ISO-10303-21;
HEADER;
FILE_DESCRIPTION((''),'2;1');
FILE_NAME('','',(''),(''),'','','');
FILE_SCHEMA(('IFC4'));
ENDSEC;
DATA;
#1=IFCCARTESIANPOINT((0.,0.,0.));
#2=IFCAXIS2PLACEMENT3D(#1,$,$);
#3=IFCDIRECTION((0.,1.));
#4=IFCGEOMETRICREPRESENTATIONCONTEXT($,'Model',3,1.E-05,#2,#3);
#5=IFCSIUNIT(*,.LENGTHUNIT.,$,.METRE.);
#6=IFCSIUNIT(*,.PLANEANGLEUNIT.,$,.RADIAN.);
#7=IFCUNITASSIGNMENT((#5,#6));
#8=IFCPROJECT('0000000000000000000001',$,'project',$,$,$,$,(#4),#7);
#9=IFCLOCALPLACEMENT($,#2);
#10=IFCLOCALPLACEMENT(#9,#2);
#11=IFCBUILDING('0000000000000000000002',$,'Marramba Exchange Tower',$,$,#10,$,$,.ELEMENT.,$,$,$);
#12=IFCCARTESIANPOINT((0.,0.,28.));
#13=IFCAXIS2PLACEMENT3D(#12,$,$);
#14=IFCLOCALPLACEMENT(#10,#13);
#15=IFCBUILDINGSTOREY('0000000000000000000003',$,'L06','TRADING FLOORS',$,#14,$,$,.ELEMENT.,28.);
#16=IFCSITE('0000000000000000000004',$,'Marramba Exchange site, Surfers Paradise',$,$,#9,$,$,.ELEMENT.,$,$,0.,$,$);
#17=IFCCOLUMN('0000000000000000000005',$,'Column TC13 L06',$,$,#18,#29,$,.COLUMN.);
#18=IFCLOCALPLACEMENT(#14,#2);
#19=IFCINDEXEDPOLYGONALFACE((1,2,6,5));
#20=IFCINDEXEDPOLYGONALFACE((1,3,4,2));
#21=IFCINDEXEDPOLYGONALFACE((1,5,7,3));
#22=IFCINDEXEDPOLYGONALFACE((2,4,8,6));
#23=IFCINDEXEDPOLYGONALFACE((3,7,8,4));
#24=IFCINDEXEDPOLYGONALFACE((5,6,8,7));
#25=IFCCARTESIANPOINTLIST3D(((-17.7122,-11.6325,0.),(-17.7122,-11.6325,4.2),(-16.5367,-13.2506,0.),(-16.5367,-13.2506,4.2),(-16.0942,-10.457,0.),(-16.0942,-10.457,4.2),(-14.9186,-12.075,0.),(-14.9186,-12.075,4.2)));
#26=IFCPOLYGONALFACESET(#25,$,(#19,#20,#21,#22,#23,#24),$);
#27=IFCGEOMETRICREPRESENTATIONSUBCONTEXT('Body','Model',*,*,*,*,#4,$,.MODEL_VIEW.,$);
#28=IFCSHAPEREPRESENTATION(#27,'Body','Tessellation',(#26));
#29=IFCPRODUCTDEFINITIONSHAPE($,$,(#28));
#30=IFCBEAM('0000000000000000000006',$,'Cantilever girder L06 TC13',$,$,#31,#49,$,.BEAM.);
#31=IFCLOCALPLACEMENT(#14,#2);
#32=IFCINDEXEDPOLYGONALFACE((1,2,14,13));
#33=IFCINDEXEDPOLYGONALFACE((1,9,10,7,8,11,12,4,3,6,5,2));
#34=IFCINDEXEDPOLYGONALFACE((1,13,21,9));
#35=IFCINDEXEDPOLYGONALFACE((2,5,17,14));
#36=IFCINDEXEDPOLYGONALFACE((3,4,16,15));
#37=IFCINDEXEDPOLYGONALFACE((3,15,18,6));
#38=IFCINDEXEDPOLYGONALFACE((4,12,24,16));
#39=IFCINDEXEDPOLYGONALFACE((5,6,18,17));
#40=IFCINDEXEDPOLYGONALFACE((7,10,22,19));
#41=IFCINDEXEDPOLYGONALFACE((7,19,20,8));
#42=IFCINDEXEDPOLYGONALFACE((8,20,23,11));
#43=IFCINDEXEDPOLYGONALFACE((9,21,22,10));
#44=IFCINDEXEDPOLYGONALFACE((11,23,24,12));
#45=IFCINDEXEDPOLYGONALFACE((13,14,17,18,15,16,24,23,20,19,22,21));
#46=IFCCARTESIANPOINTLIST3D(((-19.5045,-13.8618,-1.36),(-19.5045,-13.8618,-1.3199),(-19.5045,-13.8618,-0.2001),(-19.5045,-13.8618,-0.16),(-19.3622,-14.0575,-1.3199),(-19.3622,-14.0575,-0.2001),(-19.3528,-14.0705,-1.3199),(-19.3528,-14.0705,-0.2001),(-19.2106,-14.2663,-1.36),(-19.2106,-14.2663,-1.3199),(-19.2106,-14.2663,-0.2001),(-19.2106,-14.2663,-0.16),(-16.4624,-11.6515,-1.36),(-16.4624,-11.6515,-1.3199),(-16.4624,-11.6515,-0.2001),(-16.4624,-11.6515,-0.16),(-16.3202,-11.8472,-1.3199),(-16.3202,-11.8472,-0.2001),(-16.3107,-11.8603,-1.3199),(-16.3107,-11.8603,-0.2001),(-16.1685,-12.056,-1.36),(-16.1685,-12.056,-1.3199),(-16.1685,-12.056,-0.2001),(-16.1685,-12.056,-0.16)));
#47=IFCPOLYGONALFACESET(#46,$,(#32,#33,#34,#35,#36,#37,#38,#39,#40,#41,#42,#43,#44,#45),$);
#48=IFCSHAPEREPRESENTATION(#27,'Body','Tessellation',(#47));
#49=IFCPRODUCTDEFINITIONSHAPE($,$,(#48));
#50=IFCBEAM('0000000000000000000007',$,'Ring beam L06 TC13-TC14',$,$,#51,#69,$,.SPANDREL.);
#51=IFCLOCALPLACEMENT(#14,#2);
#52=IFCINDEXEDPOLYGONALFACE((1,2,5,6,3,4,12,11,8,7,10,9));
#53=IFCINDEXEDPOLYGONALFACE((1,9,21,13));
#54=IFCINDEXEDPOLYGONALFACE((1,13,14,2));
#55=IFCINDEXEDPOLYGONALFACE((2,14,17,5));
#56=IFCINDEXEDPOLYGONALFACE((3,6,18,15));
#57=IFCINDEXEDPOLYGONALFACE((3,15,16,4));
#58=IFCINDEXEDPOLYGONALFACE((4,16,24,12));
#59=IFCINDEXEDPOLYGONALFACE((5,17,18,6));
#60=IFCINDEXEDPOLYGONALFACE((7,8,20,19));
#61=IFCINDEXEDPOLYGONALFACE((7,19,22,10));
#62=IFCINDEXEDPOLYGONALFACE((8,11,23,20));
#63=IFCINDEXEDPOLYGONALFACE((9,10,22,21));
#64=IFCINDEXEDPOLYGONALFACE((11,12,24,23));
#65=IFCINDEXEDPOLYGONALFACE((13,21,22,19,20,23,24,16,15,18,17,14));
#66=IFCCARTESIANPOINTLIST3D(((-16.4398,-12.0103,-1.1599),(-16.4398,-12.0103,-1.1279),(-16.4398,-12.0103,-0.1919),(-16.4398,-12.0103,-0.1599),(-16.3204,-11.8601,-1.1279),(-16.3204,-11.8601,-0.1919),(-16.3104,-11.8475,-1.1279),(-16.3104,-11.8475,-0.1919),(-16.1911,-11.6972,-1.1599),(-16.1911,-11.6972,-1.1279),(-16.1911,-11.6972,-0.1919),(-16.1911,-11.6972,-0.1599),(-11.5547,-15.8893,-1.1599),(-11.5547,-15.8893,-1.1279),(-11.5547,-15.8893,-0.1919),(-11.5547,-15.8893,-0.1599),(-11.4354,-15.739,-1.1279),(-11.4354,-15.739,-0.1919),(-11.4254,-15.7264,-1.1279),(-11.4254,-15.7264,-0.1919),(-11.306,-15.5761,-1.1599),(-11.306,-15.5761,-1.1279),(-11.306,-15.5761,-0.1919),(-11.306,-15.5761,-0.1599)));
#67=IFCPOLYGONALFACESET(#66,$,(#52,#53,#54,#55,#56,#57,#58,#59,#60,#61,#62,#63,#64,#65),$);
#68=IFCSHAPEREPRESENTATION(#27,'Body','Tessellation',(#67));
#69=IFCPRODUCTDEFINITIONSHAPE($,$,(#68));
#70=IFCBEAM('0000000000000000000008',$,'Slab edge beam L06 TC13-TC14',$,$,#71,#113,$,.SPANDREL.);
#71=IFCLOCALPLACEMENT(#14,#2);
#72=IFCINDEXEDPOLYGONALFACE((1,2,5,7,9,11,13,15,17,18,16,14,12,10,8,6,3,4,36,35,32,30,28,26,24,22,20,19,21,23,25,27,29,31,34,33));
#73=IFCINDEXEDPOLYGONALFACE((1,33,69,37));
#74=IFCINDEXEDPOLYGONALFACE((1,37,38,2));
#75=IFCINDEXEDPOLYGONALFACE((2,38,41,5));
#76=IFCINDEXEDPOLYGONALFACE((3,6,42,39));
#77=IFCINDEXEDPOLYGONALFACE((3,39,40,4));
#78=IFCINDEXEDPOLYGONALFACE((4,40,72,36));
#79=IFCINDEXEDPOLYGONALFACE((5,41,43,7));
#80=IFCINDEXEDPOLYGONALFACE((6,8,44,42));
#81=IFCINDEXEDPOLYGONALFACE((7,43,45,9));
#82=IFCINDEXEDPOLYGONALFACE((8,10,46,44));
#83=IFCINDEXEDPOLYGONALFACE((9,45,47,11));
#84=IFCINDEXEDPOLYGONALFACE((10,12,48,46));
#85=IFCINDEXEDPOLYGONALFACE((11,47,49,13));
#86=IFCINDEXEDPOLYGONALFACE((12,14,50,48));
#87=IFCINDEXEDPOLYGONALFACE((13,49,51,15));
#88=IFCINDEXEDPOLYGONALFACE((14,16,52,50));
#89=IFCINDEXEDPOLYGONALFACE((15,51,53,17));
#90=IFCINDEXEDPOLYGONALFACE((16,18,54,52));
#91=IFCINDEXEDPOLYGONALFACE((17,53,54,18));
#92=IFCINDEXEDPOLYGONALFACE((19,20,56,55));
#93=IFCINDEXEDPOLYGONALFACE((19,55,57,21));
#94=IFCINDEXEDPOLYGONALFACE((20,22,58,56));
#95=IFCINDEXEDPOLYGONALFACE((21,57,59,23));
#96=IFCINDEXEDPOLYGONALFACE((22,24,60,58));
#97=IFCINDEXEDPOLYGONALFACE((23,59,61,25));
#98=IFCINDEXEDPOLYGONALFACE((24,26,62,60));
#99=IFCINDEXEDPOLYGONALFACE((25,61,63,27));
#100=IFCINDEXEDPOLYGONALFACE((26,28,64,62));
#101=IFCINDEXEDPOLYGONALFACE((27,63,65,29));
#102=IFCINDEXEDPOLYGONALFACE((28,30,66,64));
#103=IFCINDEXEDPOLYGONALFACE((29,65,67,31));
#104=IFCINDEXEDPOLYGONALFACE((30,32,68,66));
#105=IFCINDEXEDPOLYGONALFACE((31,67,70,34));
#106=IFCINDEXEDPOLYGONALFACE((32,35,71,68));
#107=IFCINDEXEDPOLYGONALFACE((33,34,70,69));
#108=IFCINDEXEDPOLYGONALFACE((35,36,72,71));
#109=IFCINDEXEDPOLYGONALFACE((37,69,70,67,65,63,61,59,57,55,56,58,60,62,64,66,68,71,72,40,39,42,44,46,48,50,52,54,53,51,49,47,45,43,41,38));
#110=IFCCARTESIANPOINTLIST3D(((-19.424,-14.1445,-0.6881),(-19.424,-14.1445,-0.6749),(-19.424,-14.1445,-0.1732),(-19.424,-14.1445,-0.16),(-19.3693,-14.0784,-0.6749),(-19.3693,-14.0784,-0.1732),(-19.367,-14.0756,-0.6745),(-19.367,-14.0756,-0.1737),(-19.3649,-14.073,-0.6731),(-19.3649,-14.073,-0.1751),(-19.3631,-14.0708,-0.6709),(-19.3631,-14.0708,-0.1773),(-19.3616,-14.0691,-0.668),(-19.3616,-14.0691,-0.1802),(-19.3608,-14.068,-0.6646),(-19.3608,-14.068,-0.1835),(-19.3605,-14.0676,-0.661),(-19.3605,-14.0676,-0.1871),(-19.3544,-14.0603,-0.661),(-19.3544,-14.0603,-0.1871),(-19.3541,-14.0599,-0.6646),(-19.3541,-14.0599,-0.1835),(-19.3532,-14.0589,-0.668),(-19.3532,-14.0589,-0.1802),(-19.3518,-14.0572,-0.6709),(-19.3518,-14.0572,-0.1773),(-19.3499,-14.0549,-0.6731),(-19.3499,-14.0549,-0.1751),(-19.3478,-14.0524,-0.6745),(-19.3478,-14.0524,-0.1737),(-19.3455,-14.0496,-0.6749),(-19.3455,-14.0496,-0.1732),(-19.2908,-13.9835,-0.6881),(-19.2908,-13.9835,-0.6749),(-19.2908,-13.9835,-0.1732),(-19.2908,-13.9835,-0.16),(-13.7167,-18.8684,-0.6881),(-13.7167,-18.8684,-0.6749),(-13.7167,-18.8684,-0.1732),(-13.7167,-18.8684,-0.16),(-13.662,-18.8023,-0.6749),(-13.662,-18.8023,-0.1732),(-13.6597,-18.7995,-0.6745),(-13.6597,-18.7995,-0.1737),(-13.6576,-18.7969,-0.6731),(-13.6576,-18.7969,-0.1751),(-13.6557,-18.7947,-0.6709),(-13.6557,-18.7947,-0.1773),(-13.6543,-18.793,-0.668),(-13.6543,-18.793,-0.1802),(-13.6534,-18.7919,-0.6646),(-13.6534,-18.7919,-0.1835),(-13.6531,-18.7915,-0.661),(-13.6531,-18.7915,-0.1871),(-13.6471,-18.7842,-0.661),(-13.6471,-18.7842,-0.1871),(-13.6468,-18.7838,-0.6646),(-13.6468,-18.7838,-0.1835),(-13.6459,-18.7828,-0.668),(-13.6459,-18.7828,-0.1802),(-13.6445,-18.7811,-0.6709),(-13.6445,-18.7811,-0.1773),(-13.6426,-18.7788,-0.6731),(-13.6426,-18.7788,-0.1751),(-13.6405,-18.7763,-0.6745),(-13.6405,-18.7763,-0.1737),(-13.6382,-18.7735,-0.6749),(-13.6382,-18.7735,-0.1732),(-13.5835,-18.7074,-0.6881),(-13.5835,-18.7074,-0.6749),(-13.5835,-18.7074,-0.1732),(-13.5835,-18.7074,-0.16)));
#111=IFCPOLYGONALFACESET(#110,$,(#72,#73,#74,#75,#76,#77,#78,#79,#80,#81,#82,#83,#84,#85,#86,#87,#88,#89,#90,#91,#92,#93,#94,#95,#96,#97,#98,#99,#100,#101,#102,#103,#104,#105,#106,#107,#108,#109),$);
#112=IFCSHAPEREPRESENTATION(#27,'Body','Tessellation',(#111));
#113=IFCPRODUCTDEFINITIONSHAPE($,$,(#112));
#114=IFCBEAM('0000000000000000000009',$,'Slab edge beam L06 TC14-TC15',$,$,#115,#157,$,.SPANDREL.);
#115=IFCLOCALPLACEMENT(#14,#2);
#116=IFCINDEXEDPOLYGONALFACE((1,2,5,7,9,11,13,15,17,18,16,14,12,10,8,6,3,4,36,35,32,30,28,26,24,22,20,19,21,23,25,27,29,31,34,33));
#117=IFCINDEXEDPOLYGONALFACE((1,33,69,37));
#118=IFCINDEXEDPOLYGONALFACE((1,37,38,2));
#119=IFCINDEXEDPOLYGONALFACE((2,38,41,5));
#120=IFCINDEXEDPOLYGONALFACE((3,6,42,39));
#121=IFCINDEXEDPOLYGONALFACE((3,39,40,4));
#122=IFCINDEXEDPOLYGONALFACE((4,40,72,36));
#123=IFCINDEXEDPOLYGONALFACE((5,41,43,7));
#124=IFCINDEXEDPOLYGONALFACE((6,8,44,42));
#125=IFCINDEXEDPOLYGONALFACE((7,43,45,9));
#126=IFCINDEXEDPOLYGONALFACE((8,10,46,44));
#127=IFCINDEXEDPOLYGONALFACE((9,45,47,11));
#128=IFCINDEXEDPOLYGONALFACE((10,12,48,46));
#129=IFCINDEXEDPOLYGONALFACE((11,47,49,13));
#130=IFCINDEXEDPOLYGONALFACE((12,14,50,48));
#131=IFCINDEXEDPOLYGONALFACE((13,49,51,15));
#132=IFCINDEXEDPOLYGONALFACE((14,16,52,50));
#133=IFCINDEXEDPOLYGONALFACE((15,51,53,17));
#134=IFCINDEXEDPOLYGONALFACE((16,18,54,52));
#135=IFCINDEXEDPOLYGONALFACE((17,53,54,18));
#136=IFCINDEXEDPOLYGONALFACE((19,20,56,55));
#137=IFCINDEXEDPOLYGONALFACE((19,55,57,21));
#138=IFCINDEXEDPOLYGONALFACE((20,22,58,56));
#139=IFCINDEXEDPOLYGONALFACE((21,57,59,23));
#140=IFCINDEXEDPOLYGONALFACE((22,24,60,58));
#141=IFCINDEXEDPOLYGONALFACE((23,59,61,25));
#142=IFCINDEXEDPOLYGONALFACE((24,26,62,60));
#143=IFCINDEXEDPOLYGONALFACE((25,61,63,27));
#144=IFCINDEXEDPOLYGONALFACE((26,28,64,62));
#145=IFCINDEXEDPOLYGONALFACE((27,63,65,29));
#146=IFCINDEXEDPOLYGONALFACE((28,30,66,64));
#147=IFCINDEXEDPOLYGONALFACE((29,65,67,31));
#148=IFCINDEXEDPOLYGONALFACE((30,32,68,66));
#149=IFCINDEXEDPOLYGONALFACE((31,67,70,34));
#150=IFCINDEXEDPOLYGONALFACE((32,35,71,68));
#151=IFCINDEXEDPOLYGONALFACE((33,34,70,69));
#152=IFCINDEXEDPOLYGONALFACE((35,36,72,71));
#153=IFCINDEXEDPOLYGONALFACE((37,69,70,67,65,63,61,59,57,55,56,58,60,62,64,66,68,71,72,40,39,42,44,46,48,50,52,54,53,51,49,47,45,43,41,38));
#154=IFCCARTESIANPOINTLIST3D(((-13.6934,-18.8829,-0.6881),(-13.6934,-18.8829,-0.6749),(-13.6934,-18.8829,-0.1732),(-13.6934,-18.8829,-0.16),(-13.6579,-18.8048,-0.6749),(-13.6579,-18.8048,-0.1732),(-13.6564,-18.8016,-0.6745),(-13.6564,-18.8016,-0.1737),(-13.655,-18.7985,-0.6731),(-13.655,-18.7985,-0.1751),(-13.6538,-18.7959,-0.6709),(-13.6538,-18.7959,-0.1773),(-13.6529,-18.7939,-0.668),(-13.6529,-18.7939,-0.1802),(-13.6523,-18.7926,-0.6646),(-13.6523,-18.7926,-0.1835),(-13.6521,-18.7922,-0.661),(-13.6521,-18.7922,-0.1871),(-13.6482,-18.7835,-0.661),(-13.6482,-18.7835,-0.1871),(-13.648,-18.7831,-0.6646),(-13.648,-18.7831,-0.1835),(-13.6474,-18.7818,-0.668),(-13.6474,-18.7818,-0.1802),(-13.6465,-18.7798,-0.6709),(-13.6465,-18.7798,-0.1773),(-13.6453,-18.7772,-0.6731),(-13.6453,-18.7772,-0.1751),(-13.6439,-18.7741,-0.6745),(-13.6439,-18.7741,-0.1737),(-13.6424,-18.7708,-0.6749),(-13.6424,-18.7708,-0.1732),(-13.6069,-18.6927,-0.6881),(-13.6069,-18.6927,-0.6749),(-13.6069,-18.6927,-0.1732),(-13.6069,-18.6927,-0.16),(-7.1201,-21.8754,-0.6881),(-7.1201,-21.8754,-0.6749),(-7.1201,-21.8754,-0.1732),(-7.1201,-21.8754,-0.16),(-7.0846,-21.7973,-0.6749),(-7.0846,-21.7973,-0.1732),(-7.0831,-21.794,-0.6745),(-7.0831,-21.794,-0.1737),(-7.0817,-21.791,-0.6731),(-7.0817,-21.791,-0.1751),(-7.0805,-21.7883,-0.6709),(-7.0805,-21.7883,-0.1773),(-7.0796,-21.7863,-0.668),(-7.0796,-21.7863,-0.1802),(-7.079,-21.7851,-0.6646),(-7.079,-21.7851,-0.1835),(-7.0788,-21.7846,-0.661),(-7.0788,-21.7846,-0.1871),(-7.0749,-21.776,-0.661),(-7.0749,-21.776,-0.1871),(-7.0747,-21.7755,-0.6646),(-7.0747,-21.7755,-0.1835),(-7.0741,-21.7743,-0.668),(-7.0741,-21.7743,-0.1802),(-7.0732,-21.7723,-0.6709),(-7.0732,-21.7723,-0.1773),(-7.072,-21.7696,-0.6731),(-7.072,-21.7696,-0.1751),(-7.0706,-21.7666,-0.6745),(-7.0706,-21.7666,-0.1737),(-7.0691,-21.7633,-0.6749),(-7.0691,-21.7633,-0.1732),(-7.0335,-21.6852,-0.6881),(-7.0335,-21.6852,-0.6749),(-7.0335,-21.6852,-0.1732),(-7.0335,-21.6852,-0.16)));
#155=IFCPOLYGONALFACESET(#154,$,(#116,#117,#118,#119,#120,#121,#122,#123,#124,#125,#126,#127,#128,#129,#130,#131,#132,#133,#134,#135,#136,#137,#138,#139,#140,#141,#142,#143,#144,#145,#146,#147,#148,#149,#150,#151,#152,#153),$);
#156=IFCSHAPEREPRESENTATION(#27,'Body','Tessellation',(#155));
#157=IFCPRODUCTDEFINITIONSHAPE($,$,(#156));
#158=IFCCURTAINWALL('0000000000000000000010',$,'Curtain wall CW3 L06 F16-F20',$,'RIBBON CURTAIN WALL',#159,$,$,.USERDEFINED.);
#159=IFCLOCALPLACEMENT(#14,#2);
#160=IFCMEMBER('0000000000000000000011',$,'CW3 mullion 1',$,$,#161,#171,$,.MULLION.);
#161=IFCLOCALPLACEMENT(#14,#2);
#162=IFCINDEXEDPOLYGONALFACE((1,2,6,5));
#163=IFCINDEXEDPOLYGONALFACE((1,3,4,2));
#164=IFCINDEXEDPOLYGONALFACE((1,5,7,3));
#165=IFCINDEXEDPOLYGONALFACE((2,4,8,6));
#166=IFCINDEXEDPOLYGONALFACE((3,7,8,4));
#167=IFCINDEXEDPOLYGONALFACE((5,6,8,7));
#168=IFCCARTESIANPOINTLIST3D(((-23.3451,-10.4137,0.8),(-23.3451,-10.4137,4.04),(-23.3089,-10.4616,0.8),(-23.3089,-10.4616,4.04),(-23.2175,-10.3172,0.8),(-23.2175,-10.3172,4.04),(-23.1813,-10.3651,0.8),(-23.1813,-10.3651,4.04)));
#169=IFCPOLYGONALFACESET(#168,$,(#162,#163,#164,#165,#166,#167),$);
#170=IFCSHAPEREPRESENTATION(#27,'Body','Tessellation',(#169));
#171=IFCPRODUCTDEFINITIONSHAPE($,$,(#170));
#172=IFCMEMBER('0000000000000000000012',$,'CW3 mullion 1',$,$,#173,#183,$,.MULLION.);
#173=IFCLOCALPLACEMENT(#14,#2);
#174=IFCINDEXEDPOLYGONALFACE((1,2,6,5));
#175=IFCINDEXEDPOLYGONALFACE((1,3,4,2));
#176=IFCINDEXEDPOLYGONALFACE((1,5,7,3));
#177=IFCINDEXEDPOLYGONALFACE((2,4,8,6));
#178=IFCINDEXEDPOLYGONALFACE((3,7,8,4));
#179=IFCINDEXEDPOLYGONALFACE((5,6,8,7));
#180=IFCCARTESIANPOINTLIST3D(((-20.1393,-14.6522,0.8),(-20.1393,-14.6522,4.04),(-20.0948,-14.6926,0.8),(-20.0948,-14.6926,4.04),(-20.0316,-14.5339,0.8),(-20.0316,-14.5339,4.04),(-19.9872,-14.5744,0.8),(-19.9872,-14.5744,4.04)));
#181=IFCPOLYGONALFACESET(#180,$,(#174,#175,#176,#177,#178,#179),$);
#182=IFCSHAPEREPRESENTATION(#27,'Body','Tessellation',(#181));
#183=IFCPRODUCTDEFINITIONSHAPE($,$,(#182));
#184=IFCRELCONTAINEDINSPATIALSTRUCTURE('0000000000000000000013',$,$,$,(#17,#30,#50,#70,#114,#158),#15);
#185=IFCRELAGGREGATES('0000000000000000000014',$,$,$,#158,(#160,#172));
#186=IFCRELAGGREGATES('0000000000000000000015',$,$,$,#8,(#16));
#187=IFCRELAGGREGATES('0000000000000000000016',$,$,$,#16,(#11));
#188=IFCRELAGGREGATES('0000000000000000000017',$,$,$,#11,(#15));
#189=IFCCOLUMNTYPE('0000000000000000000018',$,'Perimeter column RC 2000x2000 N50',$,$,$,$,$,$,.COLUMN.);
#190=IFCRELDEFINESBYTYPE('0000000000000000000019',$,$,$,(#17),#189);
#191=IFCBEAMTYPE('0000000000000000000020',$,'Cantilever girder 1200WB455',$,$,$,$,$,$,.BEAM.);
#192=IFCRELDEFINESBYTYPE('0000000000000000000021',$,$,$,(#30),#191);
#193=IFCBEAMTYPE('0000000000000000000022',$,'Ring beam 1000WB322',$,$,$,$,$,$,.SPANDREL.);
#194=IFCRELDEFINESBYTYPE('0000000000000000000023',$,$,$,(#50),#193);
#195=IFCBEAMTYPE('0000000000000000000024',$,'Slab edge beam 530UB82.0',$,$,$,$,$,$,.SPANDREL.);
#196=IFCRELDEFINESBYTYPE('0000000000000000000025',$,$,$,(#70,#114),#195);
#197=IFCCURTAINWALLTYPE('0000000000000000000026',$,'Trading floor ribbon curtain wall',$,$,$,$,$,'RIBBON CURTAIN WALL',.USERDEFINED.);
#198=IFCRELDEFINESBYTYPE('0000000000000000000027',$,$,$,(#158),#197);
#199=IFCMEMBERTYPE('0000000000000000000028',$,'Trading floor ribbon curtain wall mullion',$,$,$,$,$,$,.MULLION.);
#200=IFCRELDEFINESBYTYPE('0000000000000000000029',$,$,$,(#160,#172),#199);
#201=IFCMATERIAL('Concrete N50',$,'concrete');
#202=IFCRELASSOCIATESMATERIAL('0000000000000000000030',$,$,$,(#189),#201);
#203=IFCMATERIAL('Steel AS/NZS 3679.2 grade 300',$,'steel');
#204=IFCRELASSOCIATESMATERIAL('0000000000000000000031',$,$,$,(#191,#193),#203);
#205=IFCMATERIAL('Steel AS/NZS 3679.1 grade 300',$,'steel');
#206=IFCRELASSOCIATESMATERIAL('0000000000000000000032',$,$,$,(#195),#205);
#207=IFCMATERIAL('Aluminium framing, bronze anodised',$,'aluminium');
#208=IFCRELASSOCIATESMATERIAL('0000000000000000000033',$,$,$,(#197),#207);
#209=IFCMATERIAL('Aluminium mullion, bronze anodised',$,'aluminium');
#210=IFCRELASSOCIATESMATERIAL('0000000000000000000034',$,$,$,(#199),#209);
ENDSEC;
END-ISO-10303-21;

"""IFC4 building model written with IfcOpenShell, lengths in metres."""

from ifc_helpers import new_model, si_unit, direction, frame, origin, origin_2d, place, context, subcontext, project, spatial, rectangle, i_section, extrude, material, material_profile, profile_set, type_object, element, aggregate, save


model = new_model("IFC4")

# Units and contexts
model_context = context("Model", 3, precision=1e-05, world=origin(), true_north=direction((0.0, 1.0)))
body_context = subcontext(model_context, "Body", "Model", "MODEL_VIEW")
ifc_project = project(units=[si_unit("LENGTHUNIT", "METRE"), si_unit("PLANEANGLEUNIT", "RADIAN")], contexts=[model_context])

# Site, building, storey
site_placement = place(None, origin())
site = spatial("IfcSite", under=ifc_project, at=site_placement, Name="Marramba Exchange site, Surfers Paradise", CompositionType="ELEMENT", RefElevation=0.0)
building_placement = place(site_placement, origin())
building = spatial("IfcBuilding", under=site, at=building_placement, Name="Marramba Exchange Tower", CompositionType="ELEMENT")
storey_placement = place(building_placement, frame((0.0, 0.0, 28.0)))
storey = spatial("IfcBuildingStorey", under=building, at=storey_placement, Name="L06", Description="TRADING FLOORS", CompositionType="ELEMENT", Elevation=28.0)

# Column
ifc_material_1 = material(Name="Concrete N50", Category="concrete")
ifc_material_profile_1 = material_profile(ifc_material_1, rectangle(XDim=2.0, YDim=2.0, at=origin_2d()), Name="RC 2000x2000")
ifc_profile_set_1 = profile_set([ifc_material_profile_1], Name="Concrete N50")
column_type = type_object("IfcColumnType", Name="Perimeter column RC 2000x2000 N50", PredefinedType="COLUMN", material=ifc_profile_set_1)
column_placement = place(storey_placement, frame((-16.3154, -11.8538, 0.0), z_axis=(0.0, 0.0, 1.0), x_axis=(-0.809017, -0.587785, 0.0)))
element("IfcColumn", 1, at=column_placement, inside=storey, type_object=column_type, Name="Column TC13 L06", PredefinedType="COLUMN", context=body_context, shape_type="SweptSolid", body=[
    extrude(rectangle(XDim=2.0, YDim=2.0, at=origin_2d()), origin(), (0.0, 0.0, 1.0), 4.2),
])

# Beams
ifc_material_2 = material(Name="Steel AS/NZS 3679.2 grade 300", Category="steel")
ifc_material_profile_2 = material_profile(ifc_material_2, i_section(OverallWidth=0.5, OverallDepth=1.2, WebThickness=0.0161, FlangeThickness=0.04, at=origin_2d()), Name="1200WB455")
ifc_profile_set_2 = profile_set([ifc_material_profile_2], Name="Steel AS/NZS 3679.2 grade 300")
beam_type_1 = type_object("IfcBeamType", Name="Cantilever girder 1200WB455", PredefinedType="BEAM", material=ifc_profile_set_2)
beam_1_placement = place(storey_placement, frame((-16.3154, -11.8538, -0.76), z_axis=(-0.809008, -0.587797, 0.0), x_axis=(0.587797, -0.809008, 0.0)))
element("IfcBeam", 2, at=beam_1_placement, inside=storey, type_object=beam_type_1, Name="Cantilever girder L06 TC13", PredefinedType="BEAM", context=body_context, shape_type="SweptSolid", body=[
    extrude(i_section(OverallWidth=0.5, OverallDepth=1.2, WebThickness=0.0161, FlangeThickness=0.04, at=origin_2d()), origin(), (0.0, 0.0, 1.0), 3.7603),
])
ifc_material_profile_3 = material_profile(ifc_material_2, i_section(OverallWidth=0.3999, OverallDepth=1.0, WebThickness=0.0161, FlangeThickness=0.032, at=origin_2d()), Name="1000WB322")
ifc_profile_set_3 = profile_set([ifc_material_profile_3], Name="Steel AS/NZS 3679.2 grade 300")
beam_type_2 = type_object("IfcBeamType", Name="Ring beam 1000WB322", PredefinedType="SPANDREL", material=ifc_profile_set_3)
beam_2_placement = place(storey_placement, frame((-16.3154, -11.8538, -0.6599), z_axis=(0.783139, -0.621846, 0.0), x_axis=(0.621846, 0.783139, 0.0)))
element("IfcBeam", 3, at=beam_2_placement, inside=storey, type_object=beam_type_2, Name="Ring beam L06 TC13-TC14", PredefinedType="SPANDREL", context=body_context, shape_type="SweptSolid", body=[
    extrude(i_section(OverallWidth=0.3999, OverallDepth=1.0, WebThickness=0.0161, FlangeThickness=0.032, at=origin_2d()), origin(), (0.0, 0.0, 1.0), 6.2378),
])
ifc_material_3 = material(Name="Steel AS/NZS 3679.1 grade 300", Category="steel")
ifc_material_profile_4 = material_profile(ifc_material_3, i_section(OverallWidth=0.209, OverallDepth=0.5281, WebThickness=0.0095, FlangeThickness=0.0132, FilletRadius=0.0139, at=origin_2d()), Name="530UB82.0")
ifc_profile_set_4 = profile_set([ifc_material_profile_4], Name="Steel AS/NZS 3679.1 grade 300")
beam_type_3 = type_object("IfcBeamType", Name="Slab edge beam 530UB82.0", PredefinedType="SPANDREL", material=ifc_profile_set_4)
beam_3_placement = place(storey_placement, frame((-19.3574, -14.064, -0.4241), z_axis=(0.770354, -0.637617, 0.0), x_axis=(0.637617, 0.770354, 0.0)))
element("IfcBeam", 4, at=beam_3_placement, inside=storey, type_object=beam_type_3, Name="Slab edge beam L06 TC13-TC14", PredefinedType="SPANDREL", context=body_context, shape_type="SweptSolid", body=[
    extrude(i_section(OverallWidth=0.209, OverallDepth=0.5281, WebThickness=0.0095, FlangeThickness=0.0132, FilletRadius=0.0139, at=origin_2d()), origin(), (0.0, 0.0, 1.0), 7.4087),
])
beam_4_placement = place(storey_placement, frame((-13.6501, -18.7878, -0.4241), z_axis=(0.910127, -0.41433, 0.0), x_axis=(0.41433, 0.910127, 0.0)))
element("IfcBeam", 5, at=beam_4_placement, inside=storey, type_object=beam_type_3, Name="Slab edge beam L06 TC14-TC15", PredefinedType="SPANDREL", context=body_context, shape_type="SweptSolid", body=[
    extrude(i_section(OverallWidth=0.209, OverallDepth=0.5281, WebThickness=0.0095, FlangeThickness=0.0132, FilletRadius=0.0139, at=origin_2d()), origin(), (0.0, 0.0, 1.0), 7.2224),
])

# Curtain wall, members
ifc_material_4 = material(Name="Aluminium framing, bronze anodised", Category="aluminium")
curtain_wall_type = type_object("IfcCurtainWallType", Name="Trading floor ribbon curtain wall", ElementType="RIBBON CURTAIN WALL", PredefinedType="USERDEFINED", material=ifc_material_4)
curtain_wall_placement = place(storey_placement, origin())
curtain_wall = element("IfcCurtainWall", 6, at=curtain_wall_placement, inside=storey, type_object=curtain_wall_type, Name="Curtain wall CW3 L06 F16-F20", ObjectType="RIBBON CURTAIN WALL", PredefinedType="USERDEFINED")
ifc_material_5 = material(Name="Aluminium mullion, bronze anodised", Category="aluminium")
ifc_material_profile_5 = material_profile(ifc_material_5, rectangle(XDim=0.1599, YDim=0.0601, at=origin_2d()), Name="CW3 mullion 60x160")
ifc_profile_set_5 = profile_set([ifc_material_profile_5], Name="Aluminium mullion, bronze anodised")
member_type_1 = type_object("IfcMemberType", Name="Trading floor ribbon curtain wall mullion", PredefinedType="MULLION", material=ifc_profile_set_5)
member_1_placement = place(storey_placement, frame((-23.2632, -10.3894, 0.8), z_axis=(0.0, 0.0, 1.0), x_axis=(0.797711, 0.60304, 0.0)))
member_1 = element("IfcMember", 7, at=member_1_placement, type_object=member_type_1, Name="CW3 mullion 1", PredefinedType="MULLION", context=body_context, shape_type="SweptSolid", body=[
    extrude(rectangle(XDim=0.1599, YDim=0.0601, at=origin_2d()), origin(), (0.0, 0.0, 1.0), 3.24),
])
member_2_placement = place(storey_placement, frame((-20.0632, -14.6133, 0.8), z_axis=(0.0, 0.0, 1.0), x_axis=(0.673058, 0.73959, 0.0)))
member_2 = element("IfcMember", 8, at=member_2_placement, type_object=member_type_1, Name="CW3 mullion 1", PredefinedType="MULLION", context=body_context, shape_type="SweptSolid", body=[
    extrude(rectangle(XDim=0.1599, YDim=0.0601, at=origin_2d()), origin(), (0.0, 0.0, 1.0), 3.24),
])
aggregate(curtain_wall, [member_1, member_2])

save(model, "model.ifc")
